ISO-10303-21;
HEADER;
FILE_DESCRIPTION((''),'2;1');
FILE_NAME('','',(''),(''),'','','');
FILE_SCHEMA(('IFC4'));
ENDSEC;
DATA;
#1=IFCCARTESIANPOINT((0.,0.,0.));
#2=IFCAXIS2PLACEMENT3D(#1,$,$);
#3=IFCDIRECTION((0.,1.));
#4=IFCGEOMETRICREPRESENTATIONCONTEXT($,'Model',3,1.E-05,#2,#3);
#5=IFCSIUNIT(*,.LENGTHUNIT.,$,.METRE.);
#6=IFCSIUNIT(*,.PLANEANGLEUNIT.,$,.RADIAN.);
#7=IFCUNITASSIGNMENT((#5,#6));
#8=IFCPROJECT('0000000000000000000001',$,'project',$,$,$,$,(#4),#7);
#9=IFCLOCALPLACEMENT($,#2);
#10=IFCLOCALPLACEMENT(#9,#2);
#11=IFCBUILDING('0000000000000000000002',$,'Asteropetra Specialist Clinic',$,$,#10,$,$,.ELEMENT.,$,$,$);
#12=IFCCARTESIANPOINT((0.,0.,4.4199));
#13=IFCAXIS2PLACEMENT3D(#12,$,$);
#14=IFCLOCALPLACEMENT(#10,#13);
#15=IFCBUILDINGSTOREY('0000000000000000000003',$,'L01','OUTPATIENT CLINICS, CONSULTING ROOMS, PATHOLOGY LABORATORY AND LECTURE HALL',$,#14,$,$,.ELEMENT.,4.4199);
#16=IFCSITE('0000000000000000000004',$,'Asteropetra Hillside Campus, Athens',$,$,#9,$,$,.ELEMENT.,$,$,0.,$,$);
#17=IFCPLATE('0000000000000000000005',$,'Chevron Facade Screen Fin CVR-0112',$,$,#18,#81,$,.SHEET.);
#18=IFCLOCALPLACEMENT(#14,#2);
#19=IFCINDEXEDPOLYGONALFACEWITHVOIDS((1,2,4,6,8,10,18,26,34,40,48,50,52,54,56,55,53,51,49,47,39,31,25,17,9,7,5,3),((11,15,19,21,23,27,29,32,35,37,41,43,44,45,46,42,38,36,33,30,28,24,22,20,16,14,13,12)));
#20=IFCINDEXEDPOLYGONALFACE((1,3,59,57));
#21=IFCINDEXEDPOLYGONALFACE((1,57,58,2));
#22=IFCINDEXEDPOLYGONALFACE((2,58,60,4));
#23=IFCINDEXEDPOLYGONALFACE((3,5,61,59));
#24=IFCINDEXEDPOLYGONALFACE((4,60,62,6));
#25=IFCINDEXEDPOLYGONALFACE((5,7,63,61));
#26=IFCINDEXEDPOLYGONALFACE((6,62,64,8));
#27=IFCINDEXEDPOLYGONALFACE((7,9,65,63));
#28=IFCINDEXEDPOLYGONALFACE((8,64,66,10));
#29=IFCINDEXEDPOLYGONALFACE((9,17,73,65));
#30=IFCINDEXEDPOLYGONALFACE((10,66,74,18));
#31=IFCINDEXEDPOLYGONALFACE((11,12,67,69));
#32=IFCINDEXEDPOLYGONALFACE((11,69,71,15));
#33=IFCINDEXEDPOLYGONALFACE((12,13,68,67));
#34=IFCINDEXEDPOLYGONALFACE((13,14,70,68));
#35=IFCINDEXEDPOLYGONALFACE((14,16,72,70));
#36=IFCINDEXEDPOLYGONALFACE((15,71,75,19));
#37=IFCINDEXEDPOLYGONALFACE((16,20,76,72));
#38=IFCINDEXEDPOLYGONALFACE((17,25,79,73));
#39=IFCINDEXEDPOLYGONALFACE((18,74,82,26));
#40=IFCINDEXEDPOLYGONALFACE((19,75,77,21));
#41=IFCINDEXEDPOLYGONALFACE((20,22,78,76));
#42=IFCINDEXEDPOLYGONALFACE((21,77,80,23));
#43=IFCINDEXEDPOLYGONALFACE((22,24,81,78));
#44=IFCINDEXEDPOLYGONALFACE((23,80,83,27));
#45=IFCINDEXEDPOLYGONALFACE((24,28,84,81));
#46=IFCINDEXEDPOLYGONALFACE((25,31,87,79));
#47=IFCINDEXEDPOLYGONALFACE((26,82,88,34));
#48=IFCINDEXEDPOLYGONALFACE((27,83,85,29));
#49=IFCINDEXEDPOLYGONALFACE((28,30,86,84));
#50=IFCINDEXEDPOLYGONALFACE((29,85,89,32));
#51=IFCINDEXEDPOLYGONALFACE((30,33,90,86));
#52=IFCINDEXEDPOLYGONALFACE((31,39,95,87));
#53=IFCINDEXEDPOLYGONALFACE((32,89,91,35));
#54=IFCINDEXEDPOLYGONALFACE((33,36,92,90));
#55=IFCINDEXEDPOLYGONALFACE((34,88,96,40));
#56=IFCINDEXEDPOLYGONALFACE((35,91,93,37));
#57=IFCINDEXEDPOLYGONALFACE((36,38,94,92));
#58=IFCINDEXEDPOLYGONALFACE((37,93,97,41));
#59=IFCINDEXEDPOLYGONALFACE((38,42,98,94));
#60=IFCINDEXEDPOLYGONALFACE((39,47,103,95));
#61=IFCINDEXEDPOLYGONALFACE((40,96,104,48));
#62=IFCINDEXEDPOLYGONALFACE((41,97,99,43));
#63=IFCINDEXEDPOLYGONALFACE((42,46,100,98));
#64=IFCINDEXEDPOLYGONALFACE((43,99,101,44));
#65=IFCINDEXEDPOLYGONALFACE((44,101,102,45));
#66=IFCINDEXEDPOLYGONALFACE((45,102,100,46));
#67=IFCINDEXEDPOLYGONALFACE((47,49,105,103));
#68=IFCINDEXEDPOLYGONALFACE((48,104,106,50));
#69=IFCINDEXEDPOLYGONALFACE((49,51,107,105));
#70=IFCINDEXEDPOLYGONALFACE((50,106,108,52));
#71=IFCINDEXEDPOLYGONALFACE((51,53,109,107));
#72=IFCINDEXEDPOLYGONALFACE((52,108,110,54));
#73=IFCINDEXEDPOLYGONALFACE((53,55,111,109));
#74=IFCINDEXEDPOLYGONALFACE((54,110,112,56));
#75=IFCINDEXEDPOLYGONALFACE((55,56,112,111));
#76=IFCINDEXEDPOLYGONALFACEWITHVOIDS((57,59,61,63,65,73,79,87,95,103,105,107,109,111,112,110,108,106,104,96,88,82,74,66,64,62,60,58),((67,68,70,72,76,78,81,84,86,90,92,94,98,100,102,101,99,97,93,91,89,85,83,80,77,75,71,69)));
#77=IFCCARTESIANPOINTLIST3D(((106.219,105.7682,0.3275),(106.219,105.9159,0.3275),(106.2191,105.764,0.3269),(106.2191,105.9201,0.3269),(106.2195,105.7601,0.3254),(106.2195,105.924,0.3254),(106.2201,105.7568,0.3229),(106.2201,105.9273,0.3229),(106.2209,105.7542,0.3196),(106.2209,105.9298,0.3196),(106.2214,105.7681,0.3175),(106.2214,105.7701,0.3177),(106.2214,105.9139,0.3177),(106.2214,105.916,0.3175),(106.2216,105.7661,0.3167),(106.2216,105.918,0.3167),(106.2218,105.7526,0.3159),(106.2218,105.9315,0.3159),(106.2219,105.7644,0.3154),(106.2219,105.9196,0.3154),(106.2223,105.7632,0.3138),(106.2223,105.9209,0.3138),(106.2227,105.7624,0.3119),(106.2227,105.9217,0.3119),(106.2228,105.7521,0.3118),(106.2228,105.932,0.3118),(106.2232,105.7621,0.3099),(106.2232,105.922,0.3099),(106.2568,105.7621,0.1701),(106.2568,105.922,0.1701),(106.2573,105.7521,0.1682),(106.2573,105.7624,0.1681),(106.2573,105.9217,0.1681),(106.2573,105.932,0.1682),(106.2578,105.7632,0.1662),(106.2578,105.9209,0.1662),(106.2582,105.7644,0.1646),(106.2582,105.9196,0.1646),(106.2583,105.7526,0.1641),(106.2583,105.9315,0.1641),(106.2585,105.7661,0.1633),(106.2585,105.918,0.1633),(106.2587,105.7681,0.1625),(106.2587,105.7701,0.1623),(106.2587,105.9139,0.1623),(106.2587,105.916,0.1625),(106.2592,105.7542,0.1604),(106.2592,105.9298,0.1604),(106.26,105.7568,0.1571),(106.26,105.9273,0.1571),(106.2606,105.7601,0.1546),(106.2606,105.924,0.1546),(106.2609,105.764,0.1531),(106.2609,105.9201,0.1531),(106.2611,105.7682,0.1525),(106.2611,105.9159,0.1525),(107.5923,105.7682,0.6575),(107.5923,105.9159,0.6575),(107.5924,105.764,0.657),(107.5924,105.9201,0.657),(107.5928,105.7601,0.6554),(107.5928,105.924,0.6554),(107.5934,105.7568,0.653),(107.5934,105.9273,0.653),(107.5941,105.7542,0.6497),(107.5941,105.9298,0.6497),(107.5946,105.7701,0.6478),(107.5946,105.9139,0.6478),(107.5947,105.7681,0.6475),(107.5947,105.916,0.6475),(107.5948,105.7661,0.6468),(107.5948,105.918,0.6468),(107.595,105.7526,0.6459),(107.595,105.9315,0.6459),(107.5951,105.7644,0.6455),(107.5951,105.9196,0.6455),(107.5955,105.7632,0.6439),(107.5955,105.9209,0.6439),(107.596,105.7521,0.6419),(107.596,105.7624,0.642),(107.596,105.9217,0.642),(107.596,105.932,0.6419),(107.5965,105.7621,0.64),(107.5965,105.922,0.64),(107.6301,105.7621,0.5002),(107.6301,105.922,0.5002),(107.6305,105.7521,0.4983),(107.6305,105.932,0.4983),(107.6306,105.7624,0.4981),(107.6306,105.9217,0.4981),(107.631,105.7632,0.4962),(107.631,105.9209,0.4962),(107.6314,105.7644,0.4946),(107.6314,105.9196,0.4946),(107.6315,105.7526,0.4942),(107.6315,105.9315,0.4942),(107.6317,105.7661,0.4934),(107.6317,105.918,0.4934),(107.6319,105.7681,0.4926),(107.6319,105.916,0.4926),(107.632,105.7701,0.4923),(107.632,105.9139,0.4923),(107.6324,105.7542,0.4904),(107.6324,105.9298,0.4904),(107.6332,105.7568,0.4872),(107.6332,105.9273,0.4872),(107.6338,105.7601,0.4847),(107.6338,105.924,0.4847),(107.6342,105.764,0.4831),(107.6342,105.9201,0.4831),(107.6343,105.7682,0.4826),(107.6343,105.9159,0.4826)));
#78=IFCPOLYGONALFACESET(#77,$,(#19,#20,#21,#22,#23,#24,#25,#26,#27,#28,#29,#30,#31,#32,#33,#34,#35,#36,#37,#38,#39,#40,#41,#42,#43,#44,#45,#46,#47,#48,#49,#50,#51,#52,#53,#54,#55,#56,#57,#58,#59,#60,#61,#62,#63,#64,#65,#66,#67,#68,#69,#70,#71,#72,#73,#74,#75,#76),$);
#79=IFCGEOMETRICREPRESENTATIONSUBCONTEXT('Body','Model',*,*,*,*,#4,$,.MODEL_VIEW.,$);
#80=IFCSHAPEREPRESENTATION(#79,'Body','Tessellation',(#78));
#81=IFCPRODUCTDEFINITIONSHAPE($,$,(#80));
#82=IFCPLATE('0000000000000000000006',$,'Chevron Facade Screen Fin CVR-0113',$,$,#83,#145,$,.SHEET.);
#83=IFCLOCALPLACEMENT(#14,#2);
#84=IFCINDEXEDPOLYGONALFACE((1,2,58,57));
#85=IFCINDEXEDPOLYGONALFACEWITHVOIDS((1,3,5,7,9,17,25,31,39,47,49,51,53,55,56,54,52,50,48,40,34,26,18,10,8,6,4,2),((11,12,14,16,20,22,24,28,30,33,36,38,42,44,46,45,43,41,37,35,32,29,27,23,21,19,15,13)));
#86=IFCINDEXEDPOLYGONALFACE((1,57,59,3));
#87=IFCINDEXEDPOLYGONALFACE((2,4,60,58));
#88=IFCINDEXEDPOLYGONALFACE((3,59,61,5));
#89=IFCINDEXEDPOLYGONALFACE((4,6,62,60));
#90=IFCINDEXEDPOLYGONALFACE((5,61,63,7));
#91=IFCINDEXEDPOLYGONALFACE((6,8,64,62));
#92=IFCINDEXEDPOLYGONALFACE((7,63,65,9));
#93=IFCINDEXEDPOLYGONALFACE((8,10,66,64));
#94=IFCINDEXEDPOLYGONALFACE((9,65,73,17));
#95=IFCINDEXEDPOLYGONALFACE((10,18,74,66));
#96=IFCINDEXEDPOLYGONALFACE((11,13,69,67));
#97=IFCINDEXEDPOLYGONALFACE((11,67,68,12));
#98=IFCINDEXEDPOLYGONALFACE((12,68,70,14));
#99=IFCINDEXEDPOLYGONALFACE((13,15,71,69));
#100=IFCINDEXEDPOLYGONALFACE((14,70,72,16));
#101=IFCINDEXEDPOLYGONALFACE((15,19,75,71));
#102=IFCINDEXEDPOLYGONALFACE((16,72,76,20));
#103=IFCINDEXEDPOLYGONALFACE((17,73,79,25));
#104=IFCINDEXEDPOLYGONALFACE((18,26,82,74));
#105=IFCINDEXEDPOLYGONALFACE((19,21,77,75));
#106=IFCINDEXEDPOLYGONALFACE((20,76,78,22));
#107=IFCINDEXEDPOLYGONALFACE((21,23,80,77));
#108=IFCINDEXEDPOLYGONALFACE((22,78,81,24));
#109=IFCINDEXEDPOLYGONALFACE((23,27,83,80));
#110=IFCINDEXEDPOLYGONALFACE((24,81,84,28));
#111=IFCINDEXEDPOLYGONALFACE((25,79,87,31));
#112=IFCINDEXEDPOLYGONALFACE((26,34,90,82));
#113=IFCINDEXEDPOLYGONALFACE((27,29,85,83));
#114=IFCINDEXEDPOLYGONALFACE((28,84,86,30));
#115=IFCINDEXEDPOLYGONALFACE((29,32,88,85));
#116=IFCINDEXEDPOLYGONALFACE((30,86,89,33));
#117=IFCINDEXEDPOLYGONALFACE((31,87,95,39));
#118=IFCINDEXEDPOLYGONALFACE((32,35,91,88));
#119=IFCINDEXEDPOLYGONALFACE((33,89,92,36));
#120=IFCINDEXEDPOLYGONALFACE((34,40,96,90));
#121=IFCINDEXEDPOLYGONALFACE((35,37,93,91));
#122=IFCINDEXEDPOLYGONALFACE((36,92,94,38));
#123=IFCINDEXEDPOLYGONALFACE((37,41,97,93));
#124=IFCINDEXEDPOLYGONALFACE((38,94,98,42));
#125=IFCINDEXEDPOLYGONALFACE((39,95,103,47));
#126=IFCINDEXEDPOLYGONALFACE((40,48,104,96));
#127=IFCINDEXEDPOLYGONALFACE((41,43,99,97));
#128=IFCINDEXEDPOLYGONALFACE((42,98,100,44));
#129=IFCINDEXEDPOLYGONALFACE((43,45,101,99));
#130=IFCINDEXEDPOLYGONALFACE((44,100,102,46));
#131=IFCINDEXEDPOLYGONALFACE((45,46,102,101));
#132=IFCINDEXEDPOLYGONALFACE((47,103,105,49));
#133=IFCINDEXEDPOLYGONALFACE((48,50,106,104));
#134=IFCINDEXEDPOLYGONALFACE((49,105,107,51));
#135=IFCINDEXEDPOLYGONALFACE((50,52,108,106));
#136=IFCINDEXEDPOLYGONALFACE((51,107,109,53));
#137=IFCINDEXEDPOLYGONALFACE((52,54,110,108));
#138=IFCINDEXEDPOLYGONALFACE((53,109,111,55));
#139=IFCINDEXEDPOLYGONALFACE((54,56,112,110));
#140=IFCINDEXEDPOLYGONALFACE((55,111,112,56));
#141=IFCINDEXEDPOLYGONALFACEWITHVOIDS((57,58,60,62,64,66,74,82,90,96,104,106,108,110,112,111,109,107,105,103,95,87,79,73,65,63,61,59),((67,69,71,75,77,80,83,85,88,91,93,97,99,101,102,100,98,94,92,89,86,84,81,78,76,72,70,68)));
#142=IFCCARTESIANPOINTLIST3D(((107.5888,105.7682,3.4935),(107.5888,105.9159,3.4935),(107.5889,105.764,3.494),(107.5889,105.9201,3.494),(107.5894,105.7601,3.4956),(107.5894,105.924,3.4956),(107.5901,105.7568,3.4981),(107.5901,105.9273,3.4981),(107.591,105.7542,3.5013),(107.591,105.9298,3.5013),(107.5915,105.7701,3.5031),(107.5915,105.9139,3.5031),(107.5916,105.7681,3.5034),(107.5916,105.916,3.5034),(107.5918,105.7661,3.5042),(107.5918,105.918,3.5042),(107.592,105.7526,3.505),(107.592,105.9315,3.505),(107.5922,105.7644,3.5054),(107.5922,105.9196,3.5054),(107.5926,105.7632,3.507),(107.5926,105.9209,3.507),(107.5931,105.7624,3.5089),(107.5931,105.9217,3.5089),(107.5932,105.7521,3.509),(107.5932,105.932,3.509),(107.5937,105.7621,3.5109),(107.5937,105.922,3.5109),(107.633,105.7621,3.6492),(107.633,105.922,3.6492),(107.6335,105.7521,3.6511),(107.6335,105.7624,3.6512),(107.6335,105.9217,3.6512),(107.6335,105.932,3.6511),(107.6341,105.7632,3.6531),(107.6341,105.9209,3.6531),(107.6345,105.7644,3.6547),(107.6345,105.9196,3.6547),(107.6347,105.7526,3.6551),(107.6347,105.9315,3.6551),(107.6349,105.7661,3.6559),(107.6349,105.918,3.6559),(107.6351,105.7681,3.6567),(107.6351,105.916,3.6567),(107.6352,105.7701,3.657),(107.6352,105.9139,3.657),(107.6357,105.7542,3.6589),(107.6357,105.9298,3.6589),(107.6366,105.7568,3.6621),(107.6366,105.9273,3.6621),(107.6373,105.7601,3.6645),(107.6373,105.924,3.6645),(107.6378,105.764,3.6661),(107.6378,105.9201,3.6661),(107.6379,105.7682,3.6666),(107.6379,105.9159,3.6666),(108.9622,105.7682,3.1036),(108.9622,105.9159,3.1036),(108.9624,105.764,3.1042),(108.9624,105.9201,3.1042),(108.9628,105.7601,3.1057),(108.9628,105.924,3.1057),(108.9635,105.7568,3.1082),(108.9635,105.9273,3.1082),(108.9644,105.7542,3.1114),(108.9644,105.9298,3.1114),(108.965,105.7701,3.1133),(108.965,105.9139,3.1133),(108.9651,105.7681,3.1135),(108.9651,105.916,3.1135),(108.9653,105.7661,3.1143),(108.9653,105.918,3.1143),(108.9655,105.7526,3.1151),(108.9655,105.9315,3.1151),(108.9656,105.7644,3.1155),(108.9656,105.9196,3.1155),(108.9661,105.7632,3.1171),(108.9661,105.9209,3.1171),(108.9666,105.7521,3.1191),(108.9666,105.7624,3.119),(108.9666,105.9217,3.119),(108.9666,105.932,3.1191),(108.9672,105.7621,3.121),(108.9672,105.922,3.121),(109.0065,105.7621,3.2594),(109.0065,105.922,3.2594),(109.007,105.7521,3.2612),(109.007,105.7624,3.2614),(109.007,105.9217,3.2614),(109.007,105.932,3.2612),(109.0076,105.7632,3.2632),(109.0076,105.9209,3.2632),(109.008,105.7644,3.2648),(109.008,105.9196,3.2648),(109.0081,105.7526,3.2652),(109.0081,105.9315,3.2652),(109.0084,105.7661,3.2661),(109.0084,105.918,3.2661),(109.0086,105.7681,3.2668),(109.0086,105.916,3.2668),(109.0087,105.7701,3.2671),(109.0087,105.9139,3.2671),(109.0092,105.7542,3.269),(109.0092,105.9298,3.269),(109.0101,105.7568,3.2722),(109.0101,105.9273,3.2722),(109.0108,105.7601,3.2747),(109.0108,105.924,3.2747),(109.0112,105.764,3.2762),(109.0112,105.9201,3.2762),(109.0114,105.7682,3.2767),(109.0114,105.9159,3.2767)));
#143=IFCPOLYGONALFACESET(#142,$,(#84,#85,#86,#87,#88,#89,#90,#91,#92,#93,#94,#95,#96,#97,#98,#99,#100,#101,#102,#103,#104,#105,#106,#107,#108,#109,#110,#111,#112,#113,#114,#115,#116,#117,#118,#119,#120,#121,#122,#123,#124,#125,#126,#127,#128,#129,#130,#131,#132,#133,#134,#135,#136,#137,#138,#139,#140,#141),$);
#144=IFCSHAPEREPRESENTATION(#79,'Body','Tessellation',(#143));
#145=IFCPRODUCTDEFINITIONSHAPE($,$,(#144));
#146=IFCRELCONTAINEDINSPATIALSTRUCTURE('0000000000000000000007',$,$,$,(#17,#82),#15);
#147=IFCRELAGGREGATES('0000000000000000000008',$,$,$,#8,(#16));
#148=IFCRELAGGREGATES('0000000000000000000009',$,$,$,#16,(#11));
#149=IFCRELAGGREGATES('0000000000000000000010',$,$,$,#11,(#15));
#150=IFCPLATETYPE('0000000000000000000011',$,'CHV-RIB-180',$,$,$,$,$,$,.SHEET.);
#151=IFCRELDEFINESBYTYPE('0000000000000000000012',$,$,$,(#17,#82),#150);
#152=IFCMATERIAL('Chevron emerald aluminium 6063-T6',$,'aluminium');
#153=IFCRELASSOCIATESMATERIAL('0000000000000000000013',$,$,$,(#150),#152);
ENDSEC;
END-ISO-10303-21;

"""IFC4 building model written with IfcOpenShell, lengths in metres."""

from ifc_helpers import new_model, si_unit, direction, frame, origin, origin_2d, place, context, subcontext, project, spatial, hollow_rectangle, extrude, material, material_profile, profile_set, type_object, element, save


model = new_model("IFC4")

# Units and contexts
model_context = context("Model", 3, precision=1e-05, world=origin(), true_north=direction((0.0, 1.0)))
body_context = subcontext(model_context, "Body", "Model", "MODEL_VIEW")
ifc_project = project(units=[si_unit("LENGTHUNIT", "METRE"), si_unit("PLANEANGLEUNIT", "RADIAN")], contexts=[model_context])

# Site, building, storey
site_placement = place(None, origin())
site = spatial("IfcSite", under=ifc_project, at=site_placement, Name="Asteropetra Hillside Campus, Athens", CompositionType="ELEMENT", RefElevation=0.0)
building_placement = place(site_placement, origin())
building = spatial("IfcBuilding", under=site, at=building_placement, Name="Asteropetra Specialist Clinic", CompositionType="ELEMENT")
storey_placement = place(building_placement, frame((0.0, 0.0, 4.4199)))
storey = spatial("IfcBuildingStorey", under=building, at=storey_placement, Name="L01", Description="OUTPATIENT CLINICS, CONSULTING ROOMS, PATHOLOGY LABORATORY AND LECTURE HALL", CompositionType="ELEMENT", Elevation=4.4199)

# Plates
ifc_material_1 = material(Name="Chevron emerald aluminium 6063-T6", Category="aluminium")
ifc_material_profile_1 = material_profile(ifc_material_1, hollow_rectangle(XDim=0.1799, YDim=0.1799, WallThickness=0.01, InnerFilletRadius=0.0081, OuterFilletRadius=0.0161, at=origin_2d()), Name="SHS 180x180x10.0")
ifc_profile_set_1 = profile_set([ifc_material_profile_1], Name="Chevron emerald aluminium 6063-T6")
plate_type = type_object("IfcPlateType", Name="CHV-RIB-180", PredefinedType="SHEET", material=ifc_profile_set_1)
plate_1_placement = place(storey_placement, frame((107.6133, 105.842, 0.5701), z_axis=(-0.972309, 0.0, -0.2337), x_axis=(0.0, -1.0, 0.0)))
element("IfcPlate", 1, at=plate_1_placement, inside=storey, type_object=plate_type, Name="Chevron Facade Screen Fin CVR-0112", PredefinedType="SHEET", context=body_context, shape_type="SweptSolid", body=[
    extrude(hollow_rectangle(XDim=0.1799, YDim=0.1799, WallThickness=0.01, InnerFilletRadius=0.0081, OuterFilletRadius=0.0161, at=origin_2d()), origin(), (0.0, 0.0, 1.0), 1.4124),
])
plate_2_placement = place(storey_placement, frame((108.9868, 105.842, 3.1902), z_axis=(-0.961994, 0.0, 0.273072), x_axis=(0.0, -1.0, 0.0)))
element("IfcPlate", 2, at=plate_2_placement, inside=storey, type_object=plate_type, Name="Chevron Facade Screen Fin CVR-0113", PredefinedType="SHEET", context=body_context, shape_type="SweptSolid", body=[
    extrude(hollow_rectangle(XDim=0.1799, YDim=0.1799, WallThickness=0.01, InnerFilletRadius=0.0081, OuterFilletRadius=0.0161, at=origin_2d()), origin(), (0.0, 0.0, 1.0), 1.4277),
])

save(model, "model.ifc")
